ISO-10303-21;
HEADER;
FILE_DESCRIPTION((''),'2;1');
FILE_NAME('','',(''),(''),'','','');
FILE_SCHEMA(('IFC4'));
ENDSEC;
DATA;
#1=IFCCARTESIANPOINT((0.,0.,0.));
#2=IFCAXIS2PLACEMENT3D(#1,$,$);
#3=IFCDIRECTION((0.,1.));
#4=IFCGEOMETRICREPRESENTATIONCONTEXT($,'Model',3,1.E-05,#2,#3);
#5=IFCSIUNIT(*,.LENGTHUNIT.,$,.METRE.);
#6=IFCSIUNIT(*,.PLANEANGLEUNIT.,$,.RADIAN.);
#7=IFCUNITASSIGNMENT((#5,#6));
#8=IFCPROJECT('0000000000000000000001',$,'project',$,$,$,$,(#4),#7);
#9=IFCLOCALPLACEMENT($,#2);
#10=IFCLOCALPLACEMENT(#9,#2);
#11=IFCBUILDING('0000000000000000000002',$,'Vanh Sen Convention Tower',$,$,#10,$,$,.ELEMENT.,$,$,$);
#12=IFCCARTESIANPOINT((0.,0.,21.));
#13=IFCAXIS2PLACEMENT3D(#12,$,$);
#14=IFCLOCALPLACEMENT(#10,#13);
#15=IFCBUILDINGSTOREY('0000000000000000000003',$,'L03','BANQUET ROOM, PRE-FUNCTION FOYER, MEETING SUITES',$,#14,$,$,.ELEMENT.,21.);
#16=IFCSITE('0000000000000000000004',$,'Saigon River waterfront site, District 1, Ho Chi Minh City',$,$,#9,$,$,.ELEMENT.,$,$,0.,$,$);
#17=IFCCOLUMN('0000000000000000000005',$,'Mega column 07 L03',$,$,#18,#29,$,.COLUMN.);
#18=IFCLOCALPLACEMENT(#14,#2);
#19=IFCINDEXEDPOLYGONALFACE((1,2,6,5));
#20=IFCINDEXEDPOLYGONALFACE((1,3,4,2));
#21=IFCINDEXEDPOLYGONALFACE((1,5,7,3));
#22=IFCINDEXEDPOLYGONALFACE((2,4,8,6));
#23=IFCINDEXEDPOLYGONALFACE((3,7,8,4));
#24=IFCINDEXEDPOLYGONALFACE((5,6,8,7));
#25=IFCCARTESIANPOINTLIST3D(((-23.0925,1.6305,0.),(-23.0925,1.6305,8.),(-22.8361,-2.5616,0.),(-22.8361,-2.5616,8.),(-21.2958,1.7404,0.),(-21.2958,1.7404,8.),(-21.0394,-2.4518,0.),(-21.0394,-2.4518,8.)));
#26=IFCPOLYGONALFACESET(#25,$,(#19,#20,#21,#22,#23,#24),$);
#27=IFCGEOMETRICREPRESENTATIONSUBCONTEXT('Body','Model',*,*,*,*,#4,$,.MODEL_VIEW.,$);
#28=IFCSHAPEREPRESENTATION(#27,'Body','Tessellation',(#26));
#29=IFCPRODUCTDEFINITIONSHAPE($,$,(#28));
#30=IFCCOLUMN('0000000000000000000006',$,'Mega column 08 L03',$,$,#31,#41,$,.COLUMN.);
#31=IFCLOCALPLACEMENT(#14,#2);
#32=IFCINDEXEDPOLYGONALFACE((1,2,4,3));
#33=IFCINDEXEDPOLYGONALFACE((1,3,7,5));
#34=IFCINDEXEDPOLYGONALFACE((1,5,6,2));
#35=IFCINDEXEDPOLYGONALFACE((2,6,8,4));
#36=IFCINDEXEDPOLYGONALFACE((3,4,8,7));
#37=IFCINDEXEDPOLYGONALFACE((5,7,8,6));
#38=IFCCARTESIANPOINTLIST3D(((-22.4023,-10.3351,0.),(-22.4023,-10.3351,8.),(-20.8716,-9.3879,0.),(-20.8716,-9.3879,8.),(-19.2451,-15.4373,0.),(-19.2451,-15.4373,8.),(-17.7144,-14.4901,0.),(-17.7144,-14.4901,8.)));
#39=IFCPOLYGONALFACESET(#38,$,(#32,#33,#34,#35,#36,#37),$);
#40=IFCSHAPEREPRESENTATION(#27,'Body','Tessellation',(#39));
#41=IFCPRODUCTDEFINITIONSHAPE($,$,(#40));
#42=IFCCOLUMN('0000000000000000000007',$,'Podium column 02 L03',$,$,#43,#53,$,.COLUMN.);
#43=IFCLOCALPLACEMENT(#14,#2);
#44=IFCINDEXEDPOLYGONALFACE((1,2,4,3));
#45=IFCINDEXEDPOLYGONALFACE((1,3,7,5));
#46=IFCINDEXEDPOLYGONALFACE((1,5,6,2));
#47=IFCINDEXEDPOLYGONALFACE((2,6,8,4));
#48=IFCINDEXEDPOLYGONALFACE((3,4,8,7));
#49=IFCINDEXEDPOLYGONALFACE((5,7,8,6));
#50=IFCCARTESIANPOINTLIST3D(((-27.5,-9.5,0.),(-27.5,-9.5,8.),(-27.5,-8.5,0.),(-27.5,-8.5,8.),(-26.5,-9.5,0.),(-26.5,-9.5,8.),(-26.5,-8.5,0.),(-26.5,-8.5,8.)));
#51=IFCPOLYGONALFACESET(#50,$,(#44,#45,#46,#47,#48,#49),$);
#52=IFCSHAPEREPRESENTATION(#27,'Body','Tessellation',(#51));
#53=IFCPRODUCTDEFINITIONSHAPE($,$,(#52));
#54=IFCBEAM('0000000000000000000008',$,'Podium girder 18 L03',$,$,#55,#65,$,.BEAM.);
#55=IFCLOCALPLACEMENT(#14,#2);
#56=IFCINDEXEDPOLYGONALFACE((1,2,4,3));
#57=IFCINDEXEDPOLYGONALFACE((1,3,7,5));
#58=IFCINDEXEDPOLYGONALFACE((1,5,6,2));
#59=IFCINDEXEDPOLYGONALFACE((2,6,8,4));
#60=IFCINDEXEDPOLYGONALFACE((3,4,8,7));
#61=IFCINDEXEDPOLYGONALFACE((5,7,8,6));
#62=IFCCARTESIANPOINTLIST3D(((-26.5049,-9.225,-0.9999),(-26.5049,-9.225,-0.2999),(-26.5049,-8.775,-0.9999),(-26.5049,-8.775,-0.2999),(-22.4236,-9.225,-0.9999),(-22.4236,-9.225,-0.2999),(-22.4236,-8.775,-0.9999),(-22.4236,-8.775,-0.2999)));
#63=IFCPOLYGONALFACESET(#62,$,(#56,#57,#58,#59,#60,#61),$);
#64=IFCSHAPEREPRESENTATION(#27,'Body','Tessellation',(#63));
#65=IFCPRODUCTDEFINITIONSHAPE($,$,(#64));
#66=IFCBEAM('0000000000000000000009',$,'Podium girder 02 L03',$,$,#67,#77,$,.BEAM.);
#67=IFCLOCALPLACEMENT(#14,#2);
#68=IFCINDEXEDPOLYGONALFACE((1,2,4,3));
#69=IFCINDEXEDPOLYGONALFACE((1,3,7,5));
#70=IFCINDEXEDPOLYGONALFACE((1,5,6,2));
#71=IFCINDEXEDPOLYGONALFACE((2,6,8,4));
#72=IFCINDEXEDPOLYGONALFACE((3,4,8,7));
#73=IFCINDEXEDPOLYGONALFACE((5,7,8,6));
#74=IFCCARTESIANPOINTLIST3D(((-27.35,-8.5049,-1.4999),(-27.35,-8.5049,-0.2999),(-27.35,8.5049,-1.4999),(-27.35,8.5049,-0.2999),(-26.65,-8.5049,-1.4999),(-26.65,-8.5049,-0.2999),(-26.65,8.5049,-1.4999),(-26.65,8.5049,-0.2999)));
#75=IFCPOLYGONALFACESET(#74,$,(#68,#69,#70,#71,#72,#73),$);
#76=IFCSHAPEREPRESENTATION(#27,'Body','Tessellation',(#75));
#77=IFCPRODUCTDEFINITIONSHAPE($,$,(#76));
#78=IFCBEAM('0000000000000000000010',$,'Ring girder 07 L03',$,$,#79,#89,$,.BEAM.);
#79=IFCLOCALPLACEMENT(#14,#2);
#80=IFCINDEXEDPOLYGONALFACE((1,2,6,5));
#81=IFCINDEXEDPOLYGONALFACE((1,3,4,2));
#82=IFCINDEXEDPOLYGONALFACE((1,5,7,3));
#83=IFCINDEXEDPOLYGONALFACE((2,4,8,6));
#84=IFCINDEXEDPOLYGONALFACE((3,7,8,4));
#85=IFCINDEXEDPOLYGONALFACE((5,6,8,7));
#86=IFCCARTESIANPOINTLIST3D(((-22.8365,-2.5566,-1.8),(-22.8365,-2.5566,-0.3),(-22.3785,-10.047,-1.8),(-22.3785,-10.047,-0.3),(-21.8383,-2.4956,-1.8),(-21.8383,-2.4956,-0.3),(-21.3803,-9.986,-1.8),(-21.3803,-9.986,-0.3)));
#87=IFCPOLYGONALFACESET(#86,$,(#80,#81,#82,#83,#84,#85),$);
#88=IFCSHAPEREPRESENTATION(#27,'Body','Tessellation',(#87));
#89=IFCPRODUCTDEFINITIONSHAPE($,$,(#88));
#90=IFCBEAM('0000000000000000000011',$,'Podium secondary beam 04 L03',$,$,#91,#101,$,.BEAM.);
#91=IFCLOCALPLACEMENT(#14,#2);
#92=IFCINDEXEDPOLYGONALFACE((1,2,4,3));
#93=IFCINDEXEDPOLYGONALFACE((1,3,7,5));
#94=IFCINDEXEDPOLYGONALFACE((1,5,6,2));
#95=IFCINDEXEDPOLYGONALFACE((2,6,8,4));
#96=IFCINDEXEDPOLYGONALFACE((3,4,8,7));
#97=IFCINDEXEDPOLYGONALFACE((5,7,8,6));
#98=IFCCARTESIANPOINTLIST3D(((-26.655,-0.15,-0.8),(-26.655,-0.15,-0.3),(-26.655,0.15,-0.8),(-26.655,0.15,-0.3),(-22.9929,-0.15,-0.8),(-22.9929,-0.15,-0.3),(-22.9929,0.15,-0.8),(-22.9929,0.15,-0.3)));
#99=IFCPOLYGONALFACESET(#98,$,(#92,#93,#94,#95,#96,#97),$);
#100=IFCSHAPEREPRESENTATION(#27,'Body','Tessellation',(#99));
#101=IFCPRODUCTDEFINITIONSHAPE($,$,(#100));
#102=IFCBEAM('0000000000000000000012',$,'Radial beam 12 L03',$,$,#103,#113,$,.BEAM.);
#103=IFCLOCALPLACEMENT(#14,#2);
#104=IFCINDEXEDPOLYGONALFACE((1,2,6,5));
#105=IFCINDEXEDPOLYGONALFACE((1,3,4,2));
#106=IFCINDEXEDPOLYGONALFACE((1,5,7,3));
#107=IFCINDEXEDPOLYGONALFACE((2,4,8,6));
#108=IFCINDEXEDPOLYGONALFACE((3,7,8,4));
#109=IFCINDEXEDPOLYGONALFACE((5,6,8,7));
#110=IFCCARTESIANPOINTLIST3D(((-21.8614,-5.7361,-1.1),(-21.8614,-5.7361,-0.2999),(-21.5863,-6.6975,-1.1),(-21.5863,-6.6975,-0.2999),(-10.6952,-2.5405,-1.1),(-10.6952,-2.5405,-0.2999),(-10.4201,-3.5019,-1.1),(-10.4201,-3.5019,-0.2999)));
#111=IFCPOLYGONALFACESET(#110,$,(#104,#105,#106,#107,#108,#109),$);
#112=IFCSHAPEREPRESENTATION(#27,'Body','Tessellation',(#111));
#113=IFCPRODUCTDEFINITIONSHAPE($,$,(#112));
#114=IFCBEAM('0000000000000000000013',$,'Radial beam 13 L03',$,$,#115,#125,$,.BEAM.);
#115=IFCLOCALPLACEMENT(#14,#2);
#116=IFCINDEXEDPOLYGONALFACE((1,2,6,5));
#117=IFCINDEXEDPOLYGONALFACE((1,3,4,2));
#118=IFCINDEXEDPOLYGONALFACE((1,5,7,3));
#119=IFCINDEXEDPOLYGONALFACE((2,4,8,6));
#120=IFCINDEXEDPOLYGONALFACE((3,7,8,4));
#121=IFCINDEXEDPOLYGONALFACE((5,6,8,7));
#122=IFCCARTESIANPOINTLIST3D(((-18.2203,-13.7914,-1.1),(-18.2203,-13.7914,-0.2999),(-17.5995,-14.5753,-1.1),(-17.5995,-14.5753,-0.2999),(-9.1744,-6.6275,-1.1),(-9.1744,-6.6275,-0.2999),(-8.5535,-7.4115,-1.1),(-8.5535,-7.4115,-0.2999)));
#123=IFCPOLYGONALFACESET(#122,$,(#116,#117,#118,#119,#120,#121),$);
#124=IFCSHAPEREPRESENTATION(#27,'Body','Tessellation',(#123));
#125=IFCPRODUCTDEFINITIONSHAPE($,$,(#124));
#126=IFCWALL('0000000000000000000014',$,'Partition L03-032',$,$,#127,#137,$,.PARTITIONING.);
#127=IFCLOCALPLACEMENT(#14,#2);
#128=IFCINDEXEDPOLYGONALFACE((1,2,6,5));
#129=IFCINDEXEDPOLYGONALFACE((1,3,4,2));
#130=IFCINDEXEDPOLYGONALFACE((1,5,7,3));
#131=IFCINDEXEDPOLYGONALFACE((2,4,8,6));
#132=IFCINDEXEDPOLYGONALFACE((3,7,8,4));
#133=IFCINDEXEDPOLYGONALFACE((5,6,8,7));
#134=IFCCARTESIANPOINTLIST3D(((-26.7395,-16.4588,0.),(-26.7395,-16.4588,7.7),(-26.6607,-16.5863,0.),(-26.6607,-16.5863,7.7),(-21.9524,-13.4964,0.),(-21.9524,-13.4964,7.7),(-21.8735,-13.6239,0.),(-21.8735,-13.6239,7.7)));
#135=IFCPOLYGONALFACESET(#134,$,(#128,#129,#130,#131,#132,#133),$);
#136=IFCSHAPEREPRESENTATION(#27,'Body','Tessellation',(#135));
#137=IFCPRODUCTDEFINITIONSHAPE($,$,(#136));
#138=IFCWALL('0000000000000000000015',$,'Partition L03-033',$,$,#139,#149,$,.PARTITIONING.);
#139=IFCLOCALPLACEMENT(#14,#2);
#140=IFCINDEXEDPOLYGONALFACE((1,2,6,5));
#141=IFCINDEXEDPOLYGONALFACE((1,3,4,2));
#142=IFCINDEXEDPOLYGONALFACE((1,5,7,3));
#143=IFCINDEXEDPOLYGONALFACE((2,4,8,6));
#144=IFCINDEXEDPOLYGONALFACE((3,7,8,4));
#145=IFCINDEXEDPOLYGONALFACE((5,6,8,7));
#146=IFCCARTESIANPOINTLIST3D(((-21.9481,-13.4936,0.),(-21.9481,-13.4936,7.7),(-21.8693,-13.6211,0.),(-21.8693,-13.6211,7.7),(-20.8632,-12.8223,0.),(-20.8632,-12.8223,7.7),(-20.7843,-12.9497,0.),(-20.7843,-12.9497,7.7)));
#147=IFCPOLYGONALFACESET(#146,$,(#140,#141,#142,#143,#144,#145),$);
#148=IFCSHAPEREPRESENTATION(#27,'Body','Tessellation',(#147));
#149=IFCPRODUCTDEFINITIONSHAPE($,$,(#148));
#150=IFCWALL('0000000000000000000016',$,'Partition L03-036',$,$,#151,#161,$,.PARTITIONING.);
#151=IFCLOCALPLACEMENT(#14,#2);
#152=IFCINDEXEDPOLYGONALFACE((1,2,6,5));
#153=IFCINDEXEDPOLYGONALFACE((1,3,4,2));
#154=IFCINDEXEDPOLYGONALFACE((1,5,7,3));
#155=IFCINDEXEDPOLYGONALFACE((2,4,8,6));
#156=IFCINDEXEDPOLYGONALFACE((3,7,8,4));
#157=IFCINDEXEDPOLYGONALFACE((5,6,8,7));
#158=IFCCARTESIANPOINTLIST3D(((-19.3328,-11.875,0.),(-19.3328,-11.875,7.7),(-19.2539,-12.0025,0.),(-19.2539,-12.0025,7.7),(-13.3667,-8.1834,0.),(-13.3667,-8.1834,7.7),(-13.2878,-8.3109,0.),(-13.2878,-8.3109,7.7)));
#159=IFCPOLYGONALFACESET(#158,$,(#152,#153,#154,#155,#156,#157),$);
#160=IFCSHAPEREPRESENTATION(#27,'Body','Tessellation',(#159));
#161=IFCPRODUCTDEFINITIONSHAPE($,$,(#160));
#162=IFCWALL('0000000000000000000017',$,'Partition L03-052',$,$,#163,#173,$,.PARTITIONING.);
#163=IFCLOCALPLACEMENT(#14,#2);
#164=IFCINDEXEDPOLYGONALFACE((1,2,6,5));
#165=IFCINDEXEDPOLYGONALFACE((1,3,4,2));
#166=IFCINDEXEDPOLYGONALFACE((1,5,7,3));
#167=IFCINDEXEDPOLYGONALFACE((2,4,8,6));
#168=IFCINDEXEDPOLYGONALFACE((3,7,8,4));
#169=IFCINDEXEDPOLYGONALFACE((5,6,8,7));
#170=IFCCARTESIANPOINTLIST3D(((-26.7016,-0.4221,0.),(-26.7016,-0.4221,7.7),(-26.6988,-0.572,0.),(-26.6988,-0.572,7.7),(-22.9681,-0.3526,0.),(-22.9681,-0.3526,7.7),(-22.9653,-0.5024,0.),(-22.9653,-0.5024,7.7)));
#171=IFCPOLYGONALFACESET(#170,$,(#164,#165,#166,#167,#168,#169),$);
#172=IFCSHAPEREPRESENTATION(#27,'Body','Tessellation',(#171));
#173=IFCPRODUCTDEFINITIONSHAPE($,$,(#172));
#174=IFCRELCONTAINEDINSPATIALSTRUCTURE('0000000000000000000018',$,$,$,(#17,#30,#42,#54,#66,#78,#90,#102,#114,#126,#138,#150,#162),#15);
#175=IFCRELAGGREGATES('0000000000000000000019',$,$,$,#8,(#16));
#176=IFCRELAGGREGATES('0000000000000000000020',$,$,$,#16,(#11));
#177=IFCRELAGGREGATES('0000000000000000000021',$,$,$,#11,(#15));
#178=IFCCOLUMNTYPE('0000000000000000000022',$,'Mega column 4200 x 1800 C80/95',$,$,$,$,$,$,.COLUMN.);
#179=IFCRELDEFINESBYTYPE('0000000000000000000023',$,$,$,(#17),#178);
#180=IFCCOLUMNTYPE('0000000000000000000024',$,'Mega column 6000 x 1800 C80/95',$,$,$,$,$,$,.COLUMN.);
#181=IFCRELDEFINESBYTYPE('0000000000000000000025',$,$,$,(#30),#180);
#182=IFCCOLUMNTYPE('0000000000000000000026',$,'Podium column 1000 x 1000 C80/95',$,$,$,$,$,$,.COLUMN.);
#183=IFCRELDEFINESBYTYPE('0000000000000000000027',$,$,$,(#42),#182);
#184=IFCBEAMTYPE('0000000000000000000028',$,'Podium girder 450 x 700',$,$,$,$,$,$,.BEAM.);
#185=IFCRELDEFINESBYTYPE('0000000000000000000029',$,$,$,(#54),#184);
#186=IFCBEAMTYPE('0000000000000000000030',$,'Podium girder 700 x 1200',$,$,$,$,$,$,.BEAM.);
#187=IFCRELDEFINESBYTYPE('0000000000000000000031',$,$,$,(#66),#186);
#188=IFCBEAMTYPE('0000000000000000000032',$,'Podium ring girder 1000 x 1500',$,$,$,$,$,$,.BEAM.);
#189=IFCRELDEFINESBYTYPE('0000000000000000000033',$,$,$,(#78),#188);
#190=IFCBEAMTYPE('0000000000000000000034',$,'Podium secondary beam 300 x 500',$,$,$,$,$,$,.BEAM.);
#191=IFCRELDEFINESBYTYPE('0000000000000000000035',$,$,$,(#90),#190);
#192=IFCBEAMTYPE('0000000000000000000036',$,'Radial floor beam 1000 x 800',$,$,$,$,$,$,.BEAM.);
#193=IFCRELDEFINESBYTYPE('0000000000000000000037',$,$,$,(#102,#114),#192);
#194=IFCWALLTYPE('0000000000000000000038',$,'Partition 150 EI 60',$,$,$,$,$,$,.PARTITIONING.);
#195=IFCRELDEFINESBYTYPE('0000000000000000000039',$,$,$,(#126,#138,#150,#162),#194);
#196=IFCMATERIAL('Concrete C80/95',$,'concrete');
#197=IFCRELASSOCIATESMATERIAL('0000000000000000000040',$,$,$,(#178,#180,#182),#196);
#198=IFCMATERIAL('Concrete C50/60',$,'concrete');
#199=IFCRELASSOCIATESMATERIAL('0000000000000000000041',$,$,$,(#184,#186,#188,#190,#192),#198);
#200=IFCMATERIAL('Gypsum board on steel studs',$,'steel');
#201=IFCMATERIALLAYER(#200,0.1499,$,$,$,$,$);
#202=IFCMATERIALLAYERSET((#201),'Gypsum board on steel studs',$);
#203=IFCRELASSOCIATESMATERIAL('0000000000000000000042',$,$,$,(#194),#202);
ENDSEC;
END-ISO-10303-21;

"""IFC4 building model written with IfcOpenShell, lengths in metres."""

from ifc_helpers import new_model, si_unit, direction, frame, frame_2d, origin, origin_2d, place, context, subcontext, project, spatial, rectangle, extrude, material, layer, layer_set, material_profile, profile_set, type_object, element, save


model = new_model("IFC4")

# Units and contexts
model_context = context("Model", 3, precision=1e-05, world=origin(), true_north=direction((0.0, 1.0)))
body_context = subcontext(model_context, "Body", "Model", "MODEL_VIEW")
ifc_project = project(units=[si_unit("LENGTHUNIT", "METRE"), si_unit("PLANEANGLEUNIT", "RADIAN")], contexts=[model_context])

# Site, building, storey
site_placement = place(None, origin())
site = spatial("IfcSite", under=ifc_project, at=site_placement, Name="Saigon River waterfront site, District 1, Ho Chi Minh City", CompositionType="ELEMENT", RefElevation=0.0)
building_placement = place(site_placement, origin())
building = spatial("IfcBuilding", under=site, at=building_placement, Name="Vanh Sen Convention Tower", CompositionType="ELEMENT")
storey_placement = place(building_placement, frame((0.0, 0.0, 21.0)))
storey = spatial("IfcBuildingStorey", under=building, at=storey_placement, Name="L03", Description="BANQUET ROOM, PRE-FUNCTION FOYER, MEETING SUITES", CompositionType="ELEMENT", Elevation=21.0)

# Columns
ifc_material_1 = material(Name="Concrete C80/95", Category="concrete")
ifc_material_profile_1 = material_profile(ifc_material_1, rectangle(XDim=4.2, YDim=1.8, at=origin_2d()), Name="RC 4200X1800")
ifc_profile_set_1 = profile_set([ifc_material_profile_1], Name="Concrete C80/95")
column_type_1 = type_object("IfcColumnType", Name="Mega column 4200 x 1800 C80/95", PredefinedType="COLUMN", material=ifc_profile_set_1)
column_1_placement = place(storey_placement, frame((-22.0659, -0.4106, 0.0), z_axis=(0.0, 0.0, 1.0), x_axis=(0.061047, -0.998135, 0.0)))
element("IfcColumn", 1, at=column_1_placement, inside=storey, type_object=column_type_1, Name="Mega column 07 L03", PredefinedType="COLUMN", context=body_context, shape_type="SweptSolid", body=[
    extrude(rectangle(XDim=4.2, YDim=1.8, at=origin_2d()), origin(), (0.0, 0.0, 1.0), 8.0),
])
ifc_material_profile_2 = material_profile(ifc_material_1, rectangle(XDim=6.0, YDim=1.8, at=origin_2d()), Name="RC 6000X1800")
ifc_profile_set_2 = profile_set([ifc_material_profile_2], Name="Concrete C80/95")
column_type_2 = type_object("IfcColumnType", Name="Mega column 6000 x 1800 C80/95", PredefinedType="COLUMN", material=ifc_profile_set_2)
column_2_placement = place(storey_placement, frame((-20.0583, -12.4126, 0.0), z_axis=(0.0, 0.0, 1.0), x_axis=(0.526202, -0.85036, 0.0)))
element("IfcColumn", 2, at=column_2_placement, inside=storey, type_object=column_type_2, Name="Mega column 08 L03", PredefinedType="COLUMN", context=body_context, shape_type="SweptSolid", body=[
    extrude(rectangle(XDim=6.0, YDim=1.8, at=origin_2d()), origin(), (0.0, 0.0, 1.0), 8.0),
])
ifc_material_profile_3 = material_profile(ifc_material_1, rectangle(XDim=1.0, YDim=1.0, at=origin_2d()), Name="RC 1000X1000")
ifc_profile_set_3 = profile_set([ifc_material_profile_3], Name="Concrete C80/95")
column_type_3 = type_object("IfcColumnType", Name="Podium column 1000 x 1000 C80/95", PredefinedType="COLUMN", material=ifc_profile_set_3)
column_3_placement = place(storey_placement, frame((-27.0, -9.0, 0.0), z_axis=(0.0, 0.0, 1.0), x_axis=(1.0, 0.0, 0.0)))
element("IfcColumn", 3, at=column_3_placement, inside=storey, type_object=column_type_3, Name="Podium column 02 L03", PredefinedType="COLUMN", context=body_context, shape_type="SweptSolid", body=[
    extrude(rectangle(XDim=1.0, YDim=1.0, at=origin_2d()), origin(), (0.0, 0.0, 1.0), 8.0),
])

# Beams
ifc_material_2 = material(Name="Concrete C50/60", Category="concrete")
ifc_material_profile_4 = material_profile(ifc_material_2, rectangle(XDim=0.45, YDim=0.7, at=origin_2d()), Name="RC 450X700")
ifc_profile_set_4 = profile_set([ifc_material_profile_4], Name="Concrete C50/60")
beam_type_1 = type_object("IfcBeamType", Name="Podium girder 450 x 700", PredefinedType="BEAM", material=ifc_profile_set_4)
beam_1_placement = place(storey_placement, frame((-26.5049, -9.0, -0.6499), z_axis=(1.0, 0.0, 0.0), x_axis=(0.0, 1.0, 0.0)))
element("IfcBeam", 4, at=beam_1_placement, inside=storey, type_object=beam_type_1, Name="Podium girder 18 L03", PredefinedType="BEAM", context=body_context, shape_type="SweptSolid", body=[
    extrude(rectangle(XDim=0.45, YDim=0.7, at=origin_2d()), origin(), (0.0, 0.0, 1.0), 4.0813),
])
ifc_material_profile_5 = material_profile(ifc_material_2, rectangle(XDim=0.7, YDim=1.2, at=origin_2d()), Name="RC 700X1200")
ifc_profile_set_5 = profile_set([ifc_material_profile_5], Name="Concrete C50/60")
beam_type_2 = type_object("IfcBeamType", Name="Podium girder 700 x 1200", PredefinedType="BEAM", material=ifc_profile_set_5)
beam_2_placement = place(storey_placement, frame((-27.0, -8.5049, -0.8999), z_axis=(0.0, 1.0, 0.0), x_axis=(-1.0, 0.0, 0.0)))
element("IfcBeam", 5, at=beam_2_placement, inside=storey, type_object=beam_type_2, Name="Podium girder 02 L03", PredefinedType="BEAM", context=body_context, shape_type="SweptSolid", body=[
    extrude(rectangle(XDim=0.7, YDim=1.2, at=origin_2d()), origin(), (0.0, 0.0, 1.0), 17.0098),
])
ifc_material_profile_6 = material_profile(ifc_material_2, rectangle(XDim=1.0, YDim=1.5, at=origin_2d()), Name="RC 1000X1500")
ifc_profile_set_6 = profile_set([ifc_material_profile_6], Name="Concrete C50/60")
beam_type_3 = type_object("IfcBeamType", Name="Podium ring girder 1000 x 1500", PredefinedType="BEAM", material=ifc_profile_set_6)
beam_3_placement = place(storey_placement, frame((-22.3374, -2.5261, -1.05), z_axis=(0.061031, -0.998136, 0.0), x_axis=(0.998136, 0.061031, 0.0)))
element("IfcBeam", 6, at=beam_3_placement, inside=storey, type_object=beam_type_3, Name="Ring girder 07 L03", PredefinedType="BEAM", context=body_context, shape_type="SweptSolid", body=[
    extrude(rectangle(XDim=1.0, YDim=1.5, at=origin_2d()), origin(), (0.0, 0.0, 1.0), 7.5044),
])
ifc_material_profile_7 = material_profile(ifc_material_2, rectangle(XDim=0.3, YDim=0.5, at=origin_2d()), Name="RC 300X500")
ifc_profile_set_7 = profile_set([ifc_material_profile_7], Name="Concrete C50/60")
beam_type_4 = type_object("IfcBeamType", Name="Podium secondary beam 300 x 500", PredefinedType="BEAM", material=ifc_profile_set_7)
beam_4_placement = place(storey_placement, frame((-26.655, 0.0, -0.55), z_axis=(1.0, 0.0, 0.0), x_axis=(0.0, 1.0, 0.0)))
element("IfcBeam", 7, at=beam_4_placement, inside=storey, type_object=beam_type_4, Name="Podium secondary beam 04 L03", PredefinedType="BEAM", context=body_context, shape_type="SweptSolid", body=[
    extrude(rectangle(XDim=0.3, YDim=0.5, at=origin_2d()), origin(), (0.0, 0.0, 1.0), 3.6621),
])
ifc_material_profile_8 = material_profile(ifc_material_2, rectangle(XDim=1.0, YDim=0.8, at=origin_2d()), Name="RC 1000X800")
ifc_profile_set_8 = profile_set([ifc_material_profile_8], Name="Concrete C50/60")
beam_type_5 = type_object("IfcBeamType", Name="Radial floor beam 1000 x 800", PredefinedType="BEAM", material=ifc_profile_set_8)
beam_5_placement = place(storey_placement, frame((-21.7239, -6.2168, -0.7), z_axis=(0.961406, 0.275135, 0.0), x_axis=(-0.275135, 0.961406, 0.0)))
element("IfcBeam", 8, at=beam_5_placement, inside=storey, type_object=beam_type_5, Name="Radial beam 12 L03", PredefinedType="BEAM", context=body_context, shape_type="SweptSolid", body=[
    extrude(rectangle(XDim=1.0, YDim=0.8, at=origin_2d()), origin(), (0.0, 0.0, 1.0), 11.6145),
])
beam_6_placement = place(storey_placement, frame((-17.9099, -14.1833, -0.7), z_axis=(0.783941, 0.620835, 0.0), x_axis=(-0.620835, 0.783941, 0.0)))
element("IfcBeam", 9, at=beam_6_placement, inside=storey, type_object=beam_type_5, Name="Radial beam 13 L03", PredefinedType="BEAM", context=body_context, shape_type="SweptSolid", body=[
    extrude(rectangle(XDim=1.0, YDim=0.8, at=origin_2d()), origin(), (0.0, 0.0, 1.0), 11.5391),
])

# Walls
ifc_material_3 = material(Name="Gypsum board on steel studs", Category="steel")
ifc_layer_1 = layer(ifc_material_3, 0.1499)
ifc_layer_set_1 = layer_set([ifc_layer_1], Name="Gypsum board on steel studs")
wall_type_1 = type_object("IfcWallType", Name="Partition 150 EI 60", PredefinedType="PARTITIONING", material=ifc_layer_set_1)
wall_1_placement = place(storey_placement, frame((-21.9128, -13.5601, 0.0), z_axis=(0.0, 0.0, 1.0), x_axis=(-0.850348, -0.52622, 0.0)))
element("IfcWall", 10, at=wall_1_placement, inside=storey, type_object=wall_type_1, Name="Partition L03-032", PredefinedType="PARTITIONING", context=body_context, shape_type="SweptSolid", body=[
    extrude(rectangle(XDim=5.6296, YDim=0.1499, at=frame_2d((2.8149, 0.0))), origin(), (0.0, 0.0, 1.0), 7.7),
])
wall_2_placement = place(storey_placement, frame((-21.9087, -13.5574, 0.0), z_axis=(0.0, 0.0, 1.0), x_axis=(0.850355, 0.52621, 0.0)))
element("IfcWall", 11, at=wall_2_placement, inside=storey, type_object=wall_type_1, Name="Partition L03-033", PredefinedType="PARTITIONING", context=body_context, shape_type="SweptSolid", body=[
    extrude(rectangle(XDim=1.2759, YDim=0.1499, at=frame_2d((0.6379, 0.0))), origin(), (0.0, 0.0, 1.0), 7.7),
])
wall_3_placement = place(storey_placement, frame((-19.2932, -11.9387, 0.0), z_axis=(0.0, 0.0, 1.0), x_axis=(0.850369, 0.526187, 0.0)))
element("IfcWall", 12, at=wall_3_placement, inside=storey, type_object=wall_type_1, Name="Partition L03-036", PredefinedType="PARTITIONING", context=body_context, shape_type="SweptSolid", body=[
    extrude(rectangle(XDim=7.0159, YDim=0.1499, at=frame_2d((3.5078, 0.0))), origin(), (0.0, 0.0, 1.0), 7.7),
])
wall_4_placement = place(storey_placement, frame((-22.9666, -0.4275, 0.0), z_axis=(0.0, 0.0, 1.0), x_axis=(-0.999826, -0.018634, 0.0)))
element("IfcWall", 13, at=wall_4_placement, inside=storey, type_object=wall_type_1, Name="Partition L03-052", PredefinedType="PARTITIONING", context=body_context, shape_type="SweptSolid", body=[
    extrude(rectangle(XDim=3.7341, YDim=0.1499, at=frame_2d((1.8672, 0.0))), origin(), (0.0, 0.0, 1.0), 7.7),
])

save(model, "model.ifc")
